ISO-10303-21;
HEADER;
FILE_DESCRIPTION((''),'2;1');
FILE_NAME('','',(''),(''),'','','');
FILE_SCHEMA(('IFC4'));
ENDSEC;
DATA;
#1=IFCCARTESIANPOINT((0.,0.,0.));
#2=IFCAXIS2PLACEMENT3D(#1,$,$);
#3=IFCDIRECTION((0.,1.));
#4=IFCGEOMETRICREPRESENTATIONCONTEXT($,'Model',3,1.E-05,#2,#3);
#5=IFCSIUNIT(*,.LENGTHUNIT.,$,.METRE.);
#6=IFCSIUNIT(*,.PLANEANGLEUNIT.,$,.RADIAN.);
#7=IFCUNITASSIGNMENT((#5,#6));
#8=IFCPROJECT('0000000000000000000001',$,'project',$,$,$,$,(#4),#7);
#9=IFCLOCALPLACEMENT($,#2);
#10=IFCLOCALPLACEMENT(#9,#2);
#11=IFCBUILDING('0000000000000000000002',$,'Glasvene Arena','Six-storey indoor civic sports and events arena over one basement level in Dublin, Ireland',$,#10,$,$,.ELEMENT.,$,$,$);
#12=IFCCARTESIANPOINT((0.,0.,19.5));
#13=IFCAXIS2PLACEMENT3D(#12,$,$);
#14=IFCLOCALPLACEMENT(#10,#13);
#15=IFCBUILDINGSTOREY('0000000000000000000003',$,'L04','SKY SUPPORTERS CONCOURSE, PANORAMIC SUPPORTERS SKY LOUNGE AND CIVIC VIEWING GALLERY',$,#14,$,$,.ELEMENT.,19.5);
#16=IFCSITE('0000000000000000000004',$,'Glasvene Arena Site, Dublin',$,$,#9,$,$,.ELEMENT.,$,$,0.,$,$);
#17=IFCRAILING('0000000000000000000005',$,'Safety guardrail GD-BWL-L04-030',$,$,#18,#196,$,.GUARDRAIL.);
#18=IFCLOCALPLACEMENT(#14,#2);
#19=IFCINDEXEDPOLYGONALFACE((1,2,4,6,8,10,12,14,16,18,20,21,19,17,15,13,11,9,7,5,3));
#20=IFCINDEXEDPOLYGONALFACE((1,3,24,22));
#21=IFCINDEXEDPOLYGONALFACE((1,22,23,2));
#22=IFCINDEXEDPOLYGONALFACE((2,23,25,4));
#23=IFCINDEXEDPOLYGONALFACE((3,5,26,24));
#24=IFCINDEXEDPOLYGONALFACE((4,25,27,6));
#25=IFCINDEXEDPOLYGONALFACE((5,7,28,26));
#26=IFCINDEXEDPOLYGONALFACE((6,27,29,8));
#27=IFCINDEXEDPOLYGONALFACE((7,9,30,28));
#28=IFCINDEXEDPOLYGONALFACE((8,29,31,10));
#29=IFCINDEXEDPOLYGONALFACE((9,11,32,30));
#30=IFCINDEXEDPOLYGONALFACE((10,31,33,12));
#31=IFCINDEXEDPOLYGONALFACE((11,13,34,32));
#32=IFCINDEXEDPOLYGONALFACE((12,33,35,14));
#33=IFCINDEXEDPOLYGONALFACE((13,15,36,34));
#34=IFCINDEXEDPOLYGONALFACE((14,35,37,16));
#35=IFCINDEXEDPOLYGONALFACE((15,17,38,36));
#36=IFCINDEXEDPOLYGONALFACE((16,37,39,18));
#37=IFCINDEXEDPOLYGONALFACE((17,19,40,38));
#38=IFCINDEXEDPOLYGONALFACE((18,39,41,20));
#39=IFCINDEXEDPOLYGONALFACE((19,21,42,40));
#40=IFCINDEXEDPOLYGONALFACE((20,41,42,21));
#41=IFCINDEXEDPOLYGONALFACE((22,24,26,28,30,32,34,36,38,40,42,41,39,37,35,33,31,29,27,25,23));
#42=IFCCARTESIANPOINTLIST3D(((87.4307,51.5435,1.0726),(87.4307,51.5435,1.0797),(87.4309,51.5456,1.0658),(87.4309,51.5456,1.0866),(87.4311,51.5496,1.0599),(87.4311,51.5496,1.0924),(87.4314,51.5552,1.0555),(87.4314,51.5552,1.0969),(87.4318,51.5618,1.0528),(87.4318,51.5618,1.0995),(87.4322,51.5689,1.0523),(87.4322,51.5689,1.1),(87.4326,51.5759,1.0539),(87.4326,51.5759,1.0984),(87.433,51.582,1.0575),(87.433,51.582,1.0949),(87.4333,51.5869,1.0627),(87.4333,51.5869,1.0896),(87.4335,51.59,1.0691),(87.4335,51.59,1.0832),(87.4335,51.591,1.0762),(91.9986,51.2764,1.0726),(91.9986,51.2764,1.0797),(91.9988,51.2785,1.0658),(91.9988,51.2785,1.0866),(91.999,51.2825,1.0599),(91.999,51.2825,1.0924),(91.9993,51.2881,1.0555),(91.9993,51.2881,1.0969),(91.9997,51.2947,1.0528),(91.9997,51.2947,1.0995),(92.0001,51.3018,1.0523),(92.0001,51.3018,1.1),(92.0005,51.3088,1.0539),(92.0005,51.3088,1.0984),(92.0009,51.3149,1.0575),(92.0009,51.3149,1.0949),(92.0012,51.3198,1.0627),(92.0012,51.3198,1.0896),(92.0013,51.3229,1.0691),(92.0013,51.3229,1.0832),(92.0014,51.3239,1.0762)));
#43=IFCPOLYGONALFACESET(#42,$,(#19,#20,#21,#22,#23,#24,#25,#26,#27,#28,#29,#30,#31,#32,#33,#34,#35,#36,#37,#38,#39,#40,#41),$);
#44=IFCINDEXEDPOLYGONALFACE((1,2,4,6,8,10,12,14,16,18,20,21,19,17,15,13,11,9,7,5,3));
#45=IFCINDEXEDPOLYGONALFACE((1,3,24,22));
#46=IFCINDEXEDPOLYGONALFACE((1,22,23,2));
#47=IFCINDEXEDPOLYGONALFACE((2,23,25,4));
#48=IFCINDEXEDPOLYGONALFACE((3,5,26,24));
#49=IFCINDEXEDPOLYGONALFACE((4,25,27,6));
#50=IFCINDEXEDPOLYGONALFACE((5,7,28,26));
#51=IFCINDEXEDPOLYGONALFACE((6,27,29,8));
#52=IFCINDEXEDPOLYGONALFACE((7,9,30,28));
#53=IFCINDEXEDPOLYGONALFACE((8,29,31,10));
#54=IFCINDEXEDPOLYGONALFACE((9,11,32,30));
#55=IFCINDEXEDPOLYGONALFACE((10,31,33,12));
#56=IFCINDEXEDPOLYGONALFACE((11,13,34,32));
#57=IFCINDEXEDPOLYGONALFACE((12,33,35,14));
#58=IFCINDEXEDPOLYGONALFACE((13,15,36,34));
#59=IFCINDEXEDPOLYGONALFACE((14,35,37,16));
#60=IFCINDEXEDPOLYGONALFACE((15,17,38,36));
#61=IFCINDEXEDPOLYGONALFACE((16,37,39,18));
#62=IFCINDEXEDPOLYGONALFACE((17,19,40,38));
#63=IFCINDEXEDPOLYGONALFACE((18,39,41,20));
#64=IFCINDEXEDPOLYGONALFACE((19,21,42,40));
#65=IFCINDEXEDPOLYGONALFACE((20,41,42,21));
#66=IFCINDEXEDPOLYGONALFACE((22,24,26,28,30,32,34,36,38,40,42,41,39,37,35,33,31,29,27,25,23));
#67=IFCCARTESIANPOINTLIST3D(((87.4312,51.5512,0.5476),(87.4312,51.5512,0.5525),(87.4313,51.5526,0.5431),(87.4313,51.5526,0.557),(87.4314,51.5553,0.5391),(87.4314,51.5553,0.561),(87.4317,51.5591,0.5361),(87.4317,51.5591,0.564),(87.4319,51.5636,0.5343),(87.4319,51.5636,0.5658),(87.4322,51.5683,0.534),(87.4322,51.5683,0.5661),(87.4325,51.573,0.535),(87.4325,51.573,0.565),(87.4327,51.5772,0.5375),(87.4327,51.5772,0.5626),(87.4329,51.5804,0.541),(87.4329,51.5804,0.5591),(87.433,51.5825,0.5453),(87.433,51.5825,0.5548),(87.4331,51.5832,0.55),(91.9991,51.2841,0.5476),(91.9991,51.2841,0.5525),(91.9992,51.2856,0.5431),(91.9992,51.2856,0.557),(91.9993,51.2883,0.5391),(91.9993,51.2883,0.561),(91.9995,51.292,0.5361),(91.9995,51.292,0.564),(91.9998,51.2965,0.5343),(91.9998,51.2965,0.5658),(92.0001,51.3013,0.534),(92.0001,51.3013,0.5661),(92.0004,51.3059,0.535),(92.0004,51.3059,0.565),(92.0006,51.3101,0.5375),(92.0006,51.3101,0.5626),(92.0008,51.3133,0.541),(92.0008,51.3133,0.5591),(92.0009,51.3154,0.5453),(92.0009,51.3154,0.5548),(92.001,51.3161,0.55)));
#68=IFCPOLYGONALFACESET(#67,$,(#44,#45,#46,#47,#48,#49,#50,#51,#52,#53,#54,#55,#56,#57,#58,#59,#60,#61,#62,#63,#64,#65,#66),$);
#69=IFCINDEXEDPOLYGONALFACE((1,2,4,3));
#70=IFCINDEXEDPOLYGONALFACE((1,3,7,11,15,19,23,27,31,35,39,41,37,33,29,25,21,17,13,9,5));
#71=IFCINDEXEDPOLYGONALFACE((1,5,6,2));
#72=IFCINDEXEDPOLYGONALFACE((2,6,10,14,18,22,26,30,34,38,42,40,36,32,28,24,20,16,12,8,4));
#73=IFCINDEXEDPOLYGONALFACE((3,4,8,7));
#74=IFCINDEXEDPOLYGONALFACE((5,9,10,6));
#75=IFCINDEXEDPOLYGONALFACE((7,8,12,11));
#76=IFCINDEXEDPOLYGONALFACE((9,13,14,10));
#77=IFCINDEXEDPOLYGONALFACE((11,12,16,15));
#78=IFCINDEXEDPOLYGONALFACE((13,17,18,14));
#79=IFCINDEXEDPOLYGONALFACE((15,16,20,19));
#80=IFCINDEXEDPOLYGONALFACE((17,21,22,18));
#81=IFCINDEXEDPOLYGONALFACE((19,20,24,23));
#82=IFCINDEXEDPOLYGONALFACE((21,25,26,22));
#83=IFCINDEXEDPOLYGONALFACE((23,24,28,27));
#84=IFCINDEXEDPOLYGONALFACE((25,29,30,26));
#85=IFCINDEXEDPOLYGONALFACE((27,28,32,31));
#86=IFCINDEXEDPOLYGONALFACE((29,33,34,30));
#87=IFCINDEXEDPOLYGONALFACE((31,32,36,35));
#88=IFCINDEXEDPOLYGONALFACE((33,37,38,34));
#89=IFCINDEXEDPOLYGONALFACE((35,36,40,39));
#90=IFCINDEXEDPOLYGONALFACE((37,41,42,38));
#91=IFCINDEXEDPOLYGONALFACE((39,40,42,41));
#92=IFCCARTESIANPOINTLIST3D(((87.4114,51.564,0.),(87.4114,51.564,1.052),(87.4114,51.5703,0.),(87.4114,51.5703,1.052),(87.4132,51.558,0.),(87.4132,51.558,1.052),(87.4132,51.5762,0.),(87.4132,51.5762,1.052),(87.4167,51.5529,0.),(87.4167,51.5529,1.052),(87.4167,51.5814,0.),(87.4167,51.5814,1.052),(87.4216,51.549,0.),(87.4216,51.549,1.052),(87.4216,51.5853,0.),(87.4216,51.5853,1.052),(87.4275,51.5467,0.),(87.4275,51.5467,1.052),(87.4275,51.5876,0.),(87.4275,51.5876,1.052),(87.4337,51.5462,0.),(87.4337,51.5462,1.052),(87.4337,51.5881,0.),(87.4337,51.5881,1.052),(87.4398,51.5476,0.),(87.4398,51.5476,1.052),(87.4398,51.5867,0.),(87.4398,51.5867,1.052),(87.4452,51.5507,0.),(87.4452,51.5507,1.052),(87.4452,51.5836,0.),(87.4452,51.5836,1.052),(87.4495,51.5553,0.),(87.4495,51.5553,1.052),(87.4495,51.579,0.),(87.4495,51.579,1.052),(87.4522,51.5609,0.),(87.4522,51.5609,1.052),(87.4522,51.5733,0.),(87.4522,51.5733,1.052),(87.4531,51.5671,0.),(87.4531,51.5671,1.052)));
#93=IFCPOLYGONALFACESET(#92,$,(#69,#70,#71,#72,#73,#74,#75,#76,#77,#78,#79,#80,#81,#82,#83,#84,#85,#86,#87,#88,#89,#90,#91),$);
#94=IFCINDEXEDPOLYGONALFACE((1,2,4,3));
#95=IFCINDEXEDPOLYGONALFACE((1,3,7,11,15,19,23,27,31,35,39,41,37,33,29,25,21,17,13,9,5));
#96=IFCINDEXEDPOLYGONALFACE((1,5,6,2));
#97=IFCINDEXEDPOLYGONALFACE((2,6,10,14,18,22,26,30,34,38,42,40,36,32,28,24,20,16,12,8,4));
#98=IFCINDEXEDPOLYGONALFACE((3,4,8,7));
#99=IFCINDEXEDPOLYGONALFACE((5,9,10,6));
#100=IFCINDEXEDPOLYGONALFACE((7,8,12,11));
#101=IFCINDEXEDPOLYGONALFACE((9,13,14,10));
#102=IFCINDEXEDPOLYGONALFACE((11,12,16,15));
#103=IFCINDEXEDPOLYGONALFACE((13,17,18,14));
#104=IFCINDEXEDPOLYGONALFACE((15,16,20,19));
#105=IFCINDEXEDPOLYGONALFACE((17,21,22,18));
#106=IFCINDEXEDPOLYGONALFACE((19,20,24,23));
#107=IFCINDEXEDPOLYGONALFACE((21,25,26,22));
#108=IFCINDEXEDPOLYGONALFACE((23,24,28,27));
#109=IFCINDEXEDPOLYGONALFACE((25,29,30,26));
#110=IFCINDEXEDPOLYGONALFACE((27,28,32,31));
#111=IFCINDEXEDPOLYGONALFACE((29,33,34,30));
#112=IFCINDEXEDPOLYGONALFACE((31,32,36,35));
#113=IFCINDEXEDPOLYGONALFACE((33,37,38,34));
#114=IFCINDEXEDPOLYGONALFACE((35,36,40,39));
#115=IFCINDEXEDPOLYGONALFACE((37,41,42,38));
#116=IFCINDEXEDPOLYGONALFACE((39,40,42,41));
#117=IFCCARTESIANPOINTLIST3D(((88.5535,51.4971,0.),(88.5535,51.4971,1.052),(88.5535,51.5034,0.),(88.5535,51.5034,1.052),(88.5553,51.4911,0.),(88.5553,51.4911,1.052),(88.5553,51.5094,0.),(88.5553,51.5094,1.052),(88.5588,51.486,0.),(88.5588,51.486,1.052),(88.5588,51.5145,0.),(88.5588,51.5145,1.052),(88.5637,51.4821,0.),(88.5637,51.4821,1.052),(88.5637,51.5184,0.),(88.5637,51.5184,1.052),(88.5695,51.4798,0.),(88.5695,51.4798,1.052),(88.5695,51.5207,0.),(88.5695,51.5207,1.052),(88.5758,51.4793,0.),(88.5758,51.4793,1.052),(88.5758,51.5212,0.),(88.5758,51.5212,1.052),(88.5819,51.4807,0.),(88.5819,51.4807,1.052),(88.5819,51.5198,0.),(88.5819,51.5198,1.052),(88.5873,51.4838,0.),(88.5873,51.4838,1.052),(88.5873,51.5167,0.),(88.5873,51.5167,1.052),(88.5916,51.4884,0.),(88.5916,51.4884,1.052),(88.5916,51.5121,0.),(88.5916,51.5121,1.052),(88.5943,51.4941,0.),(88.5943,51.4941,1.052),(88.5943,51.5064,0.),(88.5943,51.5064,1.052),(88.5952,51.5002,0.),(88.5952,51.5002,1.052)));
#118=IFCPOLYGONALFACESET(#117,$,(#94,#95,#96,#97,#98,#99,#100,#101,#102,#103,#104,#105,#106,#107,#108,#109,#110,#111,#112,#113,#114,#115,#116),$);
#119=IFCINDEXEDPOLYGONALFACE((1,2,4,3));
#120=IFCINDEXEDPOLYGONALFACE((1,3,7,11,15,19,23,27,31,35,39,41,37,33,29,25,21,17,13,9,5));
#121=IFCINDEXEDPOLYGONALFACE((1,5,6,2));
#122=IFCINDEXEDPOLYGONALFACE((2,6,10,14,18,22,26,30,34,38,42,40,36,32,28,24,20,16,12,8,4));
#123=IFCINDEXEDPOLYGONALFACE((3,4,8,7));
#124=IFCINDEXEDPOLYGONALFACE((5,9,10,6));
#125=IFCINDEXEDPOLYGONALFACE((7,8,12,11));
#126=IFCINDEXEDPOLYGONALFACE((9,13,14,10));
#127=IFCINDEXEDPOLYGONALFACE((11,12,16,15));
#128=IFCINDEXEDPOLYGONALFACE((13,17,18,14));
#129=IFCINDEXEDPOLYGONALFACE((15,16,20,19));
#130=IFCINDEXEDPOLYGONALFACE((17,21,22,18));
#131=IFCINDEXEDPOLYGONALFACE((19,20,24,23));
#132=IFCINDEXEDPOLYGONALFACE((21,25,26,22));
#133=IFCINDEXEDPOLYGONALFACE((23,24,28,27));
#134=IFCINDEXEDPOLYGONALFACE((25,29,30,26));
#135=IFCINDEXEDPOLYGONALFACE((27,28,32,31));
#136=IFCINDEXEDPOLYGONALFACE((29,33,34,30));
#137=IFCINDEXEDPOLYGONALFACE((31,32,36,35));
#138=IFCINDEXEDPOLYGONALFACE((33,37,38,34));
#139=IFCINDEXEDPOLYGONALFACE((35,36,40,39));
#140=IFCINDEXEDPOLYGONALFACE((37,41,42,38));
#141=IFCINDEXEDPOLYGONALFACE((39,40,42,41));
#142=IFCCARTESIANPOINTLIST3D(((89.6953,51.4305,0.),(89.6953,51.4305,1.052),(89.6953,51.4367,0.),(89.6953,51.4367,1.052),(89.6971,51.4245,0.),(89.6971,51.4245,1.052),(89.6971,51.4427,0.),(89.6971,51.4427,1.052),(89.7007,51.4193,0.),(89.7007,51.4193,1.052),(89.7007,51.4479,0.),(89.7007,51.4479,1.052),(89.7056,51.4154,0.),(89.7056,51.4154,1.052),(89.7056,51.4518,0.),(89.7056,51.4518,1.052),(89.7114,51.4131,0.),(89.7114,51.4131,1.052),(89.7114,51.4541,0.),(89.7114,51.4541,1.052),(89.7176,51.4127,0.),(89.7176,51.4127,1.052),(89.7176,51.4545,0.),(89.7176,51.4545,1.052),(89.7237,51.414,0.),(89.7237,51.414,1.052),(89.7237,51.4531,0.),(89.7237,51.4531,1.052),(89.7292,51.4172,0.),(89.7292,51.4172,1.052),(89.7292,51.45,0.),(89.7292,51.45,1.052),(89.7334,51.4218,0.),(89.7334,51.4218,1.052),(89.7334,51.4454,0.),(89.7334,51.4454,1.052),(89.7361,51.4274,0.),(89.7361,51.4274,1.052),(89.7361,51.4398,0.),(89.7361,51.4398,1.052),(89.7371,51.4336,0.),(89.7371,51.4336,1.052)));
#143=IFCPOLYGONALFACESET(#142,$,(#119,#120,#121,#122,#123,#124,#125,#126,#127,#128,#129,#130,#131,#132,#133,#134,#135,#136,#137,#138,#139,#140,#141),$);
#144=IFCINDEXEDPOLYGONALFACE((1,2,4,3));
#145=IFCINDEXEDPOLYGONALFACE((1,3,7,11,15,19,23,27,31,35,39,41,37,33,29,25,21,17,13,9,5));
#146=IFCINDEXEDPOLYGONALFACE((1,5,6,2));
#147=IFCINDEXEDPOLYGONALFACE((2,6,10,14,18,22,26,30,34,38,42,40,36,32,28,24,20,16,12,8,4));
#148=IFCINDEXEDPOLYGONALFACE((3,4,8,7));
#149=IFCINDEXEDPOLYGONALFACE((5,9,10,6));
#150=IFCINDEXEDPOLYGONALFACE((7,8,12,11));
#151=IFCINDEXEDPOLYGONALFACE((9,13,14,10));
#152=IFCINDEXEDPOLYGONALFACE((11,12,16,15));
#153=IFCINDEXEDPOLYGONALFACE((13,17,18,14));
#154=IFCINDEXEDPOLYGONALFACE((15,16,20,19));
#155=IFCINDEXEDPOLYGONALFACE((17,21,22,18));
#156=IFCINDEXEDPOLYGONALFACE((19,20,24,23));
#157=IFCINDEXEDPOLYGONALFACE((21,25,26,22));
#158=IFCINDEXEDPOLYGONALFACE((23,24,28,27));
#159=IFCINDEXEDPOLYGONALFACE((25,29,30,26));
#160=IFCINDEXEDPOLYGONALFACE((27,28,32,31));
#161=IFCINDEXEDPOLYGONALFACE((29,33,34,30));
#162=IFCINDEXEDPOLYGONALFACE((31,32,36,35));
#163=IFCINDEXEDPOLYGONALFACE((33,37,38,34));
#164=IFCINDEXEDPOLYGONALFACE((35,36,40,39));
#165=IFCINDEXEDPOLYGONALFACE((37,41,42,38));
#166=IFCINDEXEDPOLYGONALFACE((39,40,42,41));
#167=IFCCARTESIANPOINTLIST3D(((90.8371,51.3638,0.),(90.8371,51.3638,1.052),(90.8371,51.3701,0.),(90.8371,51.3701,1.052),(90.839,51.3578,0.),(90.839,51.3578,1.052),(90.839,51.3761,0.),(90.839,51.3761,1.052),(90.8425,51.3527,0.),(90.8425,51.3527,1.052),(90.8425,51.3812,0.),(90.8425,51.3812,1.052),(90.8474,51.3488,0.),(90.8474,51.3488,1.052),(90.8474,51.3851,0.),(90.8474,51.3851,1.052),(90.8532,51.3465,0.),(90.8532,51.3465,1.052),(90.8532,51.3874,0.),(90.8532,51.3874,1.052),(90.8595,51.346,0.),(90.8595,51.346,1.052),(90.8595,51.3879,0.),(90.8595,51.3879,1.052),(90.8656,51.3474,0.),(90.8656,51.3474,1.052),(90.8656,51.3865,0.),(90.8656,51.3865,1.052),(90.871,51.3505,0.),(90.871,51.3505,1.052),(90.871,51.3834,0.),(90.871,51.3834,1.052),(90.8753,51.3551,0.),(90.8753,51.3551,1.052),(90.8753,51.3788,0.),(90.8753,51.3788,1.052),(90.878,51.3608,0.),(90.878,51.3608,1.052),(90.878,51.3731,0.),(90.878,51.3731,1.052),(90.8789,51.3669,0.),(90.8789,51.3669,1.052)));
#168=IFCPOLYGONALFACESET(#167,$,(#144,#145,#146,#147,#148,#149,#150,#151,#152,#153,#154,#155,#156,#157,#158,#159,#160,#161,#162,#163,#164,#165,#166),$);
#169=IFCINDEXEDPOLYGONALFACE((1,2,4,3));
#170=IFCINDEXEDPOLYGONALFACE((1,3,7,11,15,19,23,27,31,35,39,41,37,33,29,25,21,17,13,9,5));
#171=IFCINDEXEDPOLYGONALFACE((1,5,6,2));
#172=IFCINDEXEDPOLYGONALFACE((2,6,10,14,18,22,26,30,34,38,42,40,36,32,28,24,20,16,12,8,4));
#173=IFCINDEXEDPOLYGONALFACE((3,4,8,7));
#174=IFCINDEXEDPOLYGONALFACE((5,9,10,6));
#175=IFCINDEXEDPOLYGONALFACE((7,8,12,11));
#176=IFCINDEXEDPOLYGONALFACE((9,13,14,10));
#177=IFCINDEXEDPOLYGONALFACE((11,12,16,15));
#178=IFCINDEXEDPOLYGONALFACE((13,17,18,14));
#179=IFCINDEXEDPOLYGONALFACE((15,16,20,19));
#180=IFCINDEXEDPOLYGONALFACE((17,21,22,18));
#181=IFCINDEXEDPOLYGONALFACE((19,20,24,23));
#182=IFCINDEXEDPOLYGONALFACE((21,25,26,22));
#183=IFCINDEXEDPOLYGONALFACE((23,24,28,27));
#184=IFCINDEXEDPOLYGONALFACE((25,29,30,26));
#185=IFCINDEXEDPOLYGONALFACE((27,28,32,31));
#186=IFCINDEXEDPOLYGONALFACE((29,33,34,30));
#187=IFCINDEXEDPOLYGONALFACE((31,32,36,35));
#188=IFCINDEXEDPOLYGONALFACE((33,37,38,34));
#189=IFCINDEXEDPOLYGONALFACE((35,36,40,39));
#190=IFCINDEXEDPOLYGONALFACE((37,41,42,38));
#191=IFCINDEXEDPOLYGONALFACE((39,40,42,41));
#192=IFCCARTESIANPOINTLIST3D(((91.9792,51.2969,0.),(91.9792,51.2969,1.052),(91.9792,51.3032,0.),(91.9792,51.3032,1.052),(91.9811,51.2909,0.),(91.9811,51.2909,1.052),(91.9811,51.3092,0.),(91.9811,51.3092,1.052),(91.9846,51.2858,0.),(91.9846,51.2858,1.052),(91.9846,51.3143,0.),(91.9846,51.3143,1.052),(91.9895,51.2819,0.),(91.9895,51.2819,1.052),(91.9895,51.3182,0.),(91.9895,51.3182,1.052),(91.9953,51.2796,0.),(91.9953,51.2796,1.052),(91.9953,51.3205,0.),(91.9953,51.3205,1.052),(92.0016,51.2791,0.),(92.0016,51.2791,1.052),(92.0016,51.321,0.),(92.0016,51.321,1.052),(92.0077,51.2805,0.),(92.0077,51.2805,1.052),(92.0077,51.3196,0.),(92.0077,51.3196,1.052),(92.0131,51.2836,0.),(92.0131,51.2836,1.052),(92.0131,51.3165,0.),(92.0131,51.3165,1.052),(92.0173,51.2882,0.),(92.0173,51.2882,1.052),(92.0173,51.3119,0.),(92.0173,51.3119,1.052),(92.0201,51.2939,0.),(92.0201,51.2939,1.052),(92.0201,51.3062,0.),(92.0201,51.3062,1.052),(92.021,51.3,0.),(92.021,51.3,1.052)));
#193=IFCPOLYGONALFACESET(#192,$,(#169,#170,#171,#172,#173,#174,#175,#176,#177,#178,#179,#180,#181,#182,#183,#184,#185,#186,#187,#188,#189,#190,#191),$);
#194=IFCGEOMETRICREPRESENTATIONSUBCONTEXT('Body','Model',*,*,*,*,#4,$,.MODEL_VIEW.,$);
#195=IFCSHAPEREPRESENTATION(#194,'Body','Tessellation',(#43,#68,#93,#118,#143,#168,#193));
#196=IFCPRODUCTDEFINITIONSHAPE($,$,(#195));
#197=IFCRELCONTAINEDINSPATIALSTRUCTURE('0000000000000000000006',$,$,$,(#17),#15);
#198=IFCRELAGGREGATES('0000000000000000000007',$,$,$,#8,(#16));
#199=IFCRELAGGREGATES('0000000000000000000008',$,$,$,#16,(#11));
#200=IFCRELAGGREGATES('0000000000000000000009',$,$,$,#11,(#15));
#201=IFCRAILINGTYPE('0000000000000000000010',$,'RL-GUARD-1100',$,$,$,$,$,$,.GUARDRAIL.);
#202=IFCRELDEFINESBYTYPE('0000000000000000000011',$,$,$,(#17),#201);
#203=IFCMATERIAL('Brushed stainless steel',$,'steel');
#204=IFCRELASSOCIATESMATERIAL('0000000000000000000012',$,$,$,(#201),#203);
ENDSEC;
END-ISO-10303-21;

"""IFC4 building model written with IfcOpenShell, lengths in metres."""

from ifc_helpers import new_model, si_unit, direction, frame, origin, origin_2d, place, context, subcontext, project, spatial, circle, extrude, material, type_object, element, save


model = new_model("IFC4")

# Units and contexts
model_context = context("Model", 3, precision=1e-05, world=origin(), true_north=direction((0.0, 1.0)))
body_context = subcontext(model_context, "Body", "Model", "MODEL_VIEW")
ifc_project = project(units=[si_unit("LENGTHUNIT", "METRE"), si_unit("PLANEANGLEUNIT", "RADIAN")], contexts=[model_context])

# Site, building, storey
site_placement = place(None, origin())
site = spatial("IfcSite", under=ifc_project, at=site_placement, Name="Glasvene Arena Site, Dublin", CompositionType="ELEMENT", RefElevation=0.0)
building_placement = place(site_placement, origin())
building = spatial("IfcBuilding", under=site, at=building_placement, Name="Glasvene Arena", Description="Six-storey indoor civic sports and events arena over one basement level in Dublin, Ireland", CompositionType="ELEMENT")
storey_placement = place(building_placement, frame((0.0, 0.0, 19.5)))
storey = spatial("IfcBuildingStorey", under=building, at=storey_placement, Name="L04", Description="SKY SUPPORTERS CONCOURSE, PANORAMIC SUPPORTERS SKY LOUNGE AND CIVIC VIEWING GALLERY", CompositionType="ELEMENT", Elevation=19.5)

# Railing
ifc_material_1 = material(Name="Brushed stainless steel", Category="steel")
railing_type = type_object("IfcRailingType", Name="RL-GUARD-1100", PredefinedType="GUARDRAIL", material=ifc_material_1)
railing_1_placement = place(storey_placement, frame((87.4321, 51.5671, 0.0)))
element("IfcRailing", 1, at=railing_1_placement, inside=storey, type_object=railing_type, Name="Safety guardrail GD-BWL-L04-030", PredefinedType="GUARDRAIL", context=body_context, shape_type="SweptSolid", body=[
    extrude(circle(Radius=0.0239, at=origin_2d()), frame((0.0, 0.0, 1.0762), z_axis=(0.998295, -0.058372, 0.0), x_axis=(0.058372, 0.998295, 0.0)), (0.0, 0.0, 1.0), 4.5757),
    extrude(circle(Radius=0.0161, at=origin_2d()), frame((0.0, 0.0, 0.55), z_axis=(0.998295, -0.058372, 0.0), x_axis=(0.058372, 0.998295, 0.0)), (0.0, 0.0, 1.0), 4.5757),
    extrude(circle(Radius=0.021, at=origin_2d()), origin(), (0.0, 0.0, 1.0), 1.052),
    extrude(circle(Radius=0.021, at=origin_2d()), frame((1.1421, -0.0669, 0.0)), (0.0, 0.0, 1.0), 1.052),
    extrude(circle(Radius=0.021, at=origin_2d()), frame((2.2839, -0.1335, 0.0)), (0.0, 0.0, 1.0), 1.052),
    extrude(circle(Radius=0.021, at=origin_2d()), frame((3.4258, -0.2002, 0.0)), (0.0, 0.0, 1.0), 1.052),
    extrude(circle(Radius=0.021, at=origin_2d()), frame((4.5679, -0.2671, 0.0)), (0.0, 0.0, 1.0), 1.052),
])

save(model, "model.ifc")
